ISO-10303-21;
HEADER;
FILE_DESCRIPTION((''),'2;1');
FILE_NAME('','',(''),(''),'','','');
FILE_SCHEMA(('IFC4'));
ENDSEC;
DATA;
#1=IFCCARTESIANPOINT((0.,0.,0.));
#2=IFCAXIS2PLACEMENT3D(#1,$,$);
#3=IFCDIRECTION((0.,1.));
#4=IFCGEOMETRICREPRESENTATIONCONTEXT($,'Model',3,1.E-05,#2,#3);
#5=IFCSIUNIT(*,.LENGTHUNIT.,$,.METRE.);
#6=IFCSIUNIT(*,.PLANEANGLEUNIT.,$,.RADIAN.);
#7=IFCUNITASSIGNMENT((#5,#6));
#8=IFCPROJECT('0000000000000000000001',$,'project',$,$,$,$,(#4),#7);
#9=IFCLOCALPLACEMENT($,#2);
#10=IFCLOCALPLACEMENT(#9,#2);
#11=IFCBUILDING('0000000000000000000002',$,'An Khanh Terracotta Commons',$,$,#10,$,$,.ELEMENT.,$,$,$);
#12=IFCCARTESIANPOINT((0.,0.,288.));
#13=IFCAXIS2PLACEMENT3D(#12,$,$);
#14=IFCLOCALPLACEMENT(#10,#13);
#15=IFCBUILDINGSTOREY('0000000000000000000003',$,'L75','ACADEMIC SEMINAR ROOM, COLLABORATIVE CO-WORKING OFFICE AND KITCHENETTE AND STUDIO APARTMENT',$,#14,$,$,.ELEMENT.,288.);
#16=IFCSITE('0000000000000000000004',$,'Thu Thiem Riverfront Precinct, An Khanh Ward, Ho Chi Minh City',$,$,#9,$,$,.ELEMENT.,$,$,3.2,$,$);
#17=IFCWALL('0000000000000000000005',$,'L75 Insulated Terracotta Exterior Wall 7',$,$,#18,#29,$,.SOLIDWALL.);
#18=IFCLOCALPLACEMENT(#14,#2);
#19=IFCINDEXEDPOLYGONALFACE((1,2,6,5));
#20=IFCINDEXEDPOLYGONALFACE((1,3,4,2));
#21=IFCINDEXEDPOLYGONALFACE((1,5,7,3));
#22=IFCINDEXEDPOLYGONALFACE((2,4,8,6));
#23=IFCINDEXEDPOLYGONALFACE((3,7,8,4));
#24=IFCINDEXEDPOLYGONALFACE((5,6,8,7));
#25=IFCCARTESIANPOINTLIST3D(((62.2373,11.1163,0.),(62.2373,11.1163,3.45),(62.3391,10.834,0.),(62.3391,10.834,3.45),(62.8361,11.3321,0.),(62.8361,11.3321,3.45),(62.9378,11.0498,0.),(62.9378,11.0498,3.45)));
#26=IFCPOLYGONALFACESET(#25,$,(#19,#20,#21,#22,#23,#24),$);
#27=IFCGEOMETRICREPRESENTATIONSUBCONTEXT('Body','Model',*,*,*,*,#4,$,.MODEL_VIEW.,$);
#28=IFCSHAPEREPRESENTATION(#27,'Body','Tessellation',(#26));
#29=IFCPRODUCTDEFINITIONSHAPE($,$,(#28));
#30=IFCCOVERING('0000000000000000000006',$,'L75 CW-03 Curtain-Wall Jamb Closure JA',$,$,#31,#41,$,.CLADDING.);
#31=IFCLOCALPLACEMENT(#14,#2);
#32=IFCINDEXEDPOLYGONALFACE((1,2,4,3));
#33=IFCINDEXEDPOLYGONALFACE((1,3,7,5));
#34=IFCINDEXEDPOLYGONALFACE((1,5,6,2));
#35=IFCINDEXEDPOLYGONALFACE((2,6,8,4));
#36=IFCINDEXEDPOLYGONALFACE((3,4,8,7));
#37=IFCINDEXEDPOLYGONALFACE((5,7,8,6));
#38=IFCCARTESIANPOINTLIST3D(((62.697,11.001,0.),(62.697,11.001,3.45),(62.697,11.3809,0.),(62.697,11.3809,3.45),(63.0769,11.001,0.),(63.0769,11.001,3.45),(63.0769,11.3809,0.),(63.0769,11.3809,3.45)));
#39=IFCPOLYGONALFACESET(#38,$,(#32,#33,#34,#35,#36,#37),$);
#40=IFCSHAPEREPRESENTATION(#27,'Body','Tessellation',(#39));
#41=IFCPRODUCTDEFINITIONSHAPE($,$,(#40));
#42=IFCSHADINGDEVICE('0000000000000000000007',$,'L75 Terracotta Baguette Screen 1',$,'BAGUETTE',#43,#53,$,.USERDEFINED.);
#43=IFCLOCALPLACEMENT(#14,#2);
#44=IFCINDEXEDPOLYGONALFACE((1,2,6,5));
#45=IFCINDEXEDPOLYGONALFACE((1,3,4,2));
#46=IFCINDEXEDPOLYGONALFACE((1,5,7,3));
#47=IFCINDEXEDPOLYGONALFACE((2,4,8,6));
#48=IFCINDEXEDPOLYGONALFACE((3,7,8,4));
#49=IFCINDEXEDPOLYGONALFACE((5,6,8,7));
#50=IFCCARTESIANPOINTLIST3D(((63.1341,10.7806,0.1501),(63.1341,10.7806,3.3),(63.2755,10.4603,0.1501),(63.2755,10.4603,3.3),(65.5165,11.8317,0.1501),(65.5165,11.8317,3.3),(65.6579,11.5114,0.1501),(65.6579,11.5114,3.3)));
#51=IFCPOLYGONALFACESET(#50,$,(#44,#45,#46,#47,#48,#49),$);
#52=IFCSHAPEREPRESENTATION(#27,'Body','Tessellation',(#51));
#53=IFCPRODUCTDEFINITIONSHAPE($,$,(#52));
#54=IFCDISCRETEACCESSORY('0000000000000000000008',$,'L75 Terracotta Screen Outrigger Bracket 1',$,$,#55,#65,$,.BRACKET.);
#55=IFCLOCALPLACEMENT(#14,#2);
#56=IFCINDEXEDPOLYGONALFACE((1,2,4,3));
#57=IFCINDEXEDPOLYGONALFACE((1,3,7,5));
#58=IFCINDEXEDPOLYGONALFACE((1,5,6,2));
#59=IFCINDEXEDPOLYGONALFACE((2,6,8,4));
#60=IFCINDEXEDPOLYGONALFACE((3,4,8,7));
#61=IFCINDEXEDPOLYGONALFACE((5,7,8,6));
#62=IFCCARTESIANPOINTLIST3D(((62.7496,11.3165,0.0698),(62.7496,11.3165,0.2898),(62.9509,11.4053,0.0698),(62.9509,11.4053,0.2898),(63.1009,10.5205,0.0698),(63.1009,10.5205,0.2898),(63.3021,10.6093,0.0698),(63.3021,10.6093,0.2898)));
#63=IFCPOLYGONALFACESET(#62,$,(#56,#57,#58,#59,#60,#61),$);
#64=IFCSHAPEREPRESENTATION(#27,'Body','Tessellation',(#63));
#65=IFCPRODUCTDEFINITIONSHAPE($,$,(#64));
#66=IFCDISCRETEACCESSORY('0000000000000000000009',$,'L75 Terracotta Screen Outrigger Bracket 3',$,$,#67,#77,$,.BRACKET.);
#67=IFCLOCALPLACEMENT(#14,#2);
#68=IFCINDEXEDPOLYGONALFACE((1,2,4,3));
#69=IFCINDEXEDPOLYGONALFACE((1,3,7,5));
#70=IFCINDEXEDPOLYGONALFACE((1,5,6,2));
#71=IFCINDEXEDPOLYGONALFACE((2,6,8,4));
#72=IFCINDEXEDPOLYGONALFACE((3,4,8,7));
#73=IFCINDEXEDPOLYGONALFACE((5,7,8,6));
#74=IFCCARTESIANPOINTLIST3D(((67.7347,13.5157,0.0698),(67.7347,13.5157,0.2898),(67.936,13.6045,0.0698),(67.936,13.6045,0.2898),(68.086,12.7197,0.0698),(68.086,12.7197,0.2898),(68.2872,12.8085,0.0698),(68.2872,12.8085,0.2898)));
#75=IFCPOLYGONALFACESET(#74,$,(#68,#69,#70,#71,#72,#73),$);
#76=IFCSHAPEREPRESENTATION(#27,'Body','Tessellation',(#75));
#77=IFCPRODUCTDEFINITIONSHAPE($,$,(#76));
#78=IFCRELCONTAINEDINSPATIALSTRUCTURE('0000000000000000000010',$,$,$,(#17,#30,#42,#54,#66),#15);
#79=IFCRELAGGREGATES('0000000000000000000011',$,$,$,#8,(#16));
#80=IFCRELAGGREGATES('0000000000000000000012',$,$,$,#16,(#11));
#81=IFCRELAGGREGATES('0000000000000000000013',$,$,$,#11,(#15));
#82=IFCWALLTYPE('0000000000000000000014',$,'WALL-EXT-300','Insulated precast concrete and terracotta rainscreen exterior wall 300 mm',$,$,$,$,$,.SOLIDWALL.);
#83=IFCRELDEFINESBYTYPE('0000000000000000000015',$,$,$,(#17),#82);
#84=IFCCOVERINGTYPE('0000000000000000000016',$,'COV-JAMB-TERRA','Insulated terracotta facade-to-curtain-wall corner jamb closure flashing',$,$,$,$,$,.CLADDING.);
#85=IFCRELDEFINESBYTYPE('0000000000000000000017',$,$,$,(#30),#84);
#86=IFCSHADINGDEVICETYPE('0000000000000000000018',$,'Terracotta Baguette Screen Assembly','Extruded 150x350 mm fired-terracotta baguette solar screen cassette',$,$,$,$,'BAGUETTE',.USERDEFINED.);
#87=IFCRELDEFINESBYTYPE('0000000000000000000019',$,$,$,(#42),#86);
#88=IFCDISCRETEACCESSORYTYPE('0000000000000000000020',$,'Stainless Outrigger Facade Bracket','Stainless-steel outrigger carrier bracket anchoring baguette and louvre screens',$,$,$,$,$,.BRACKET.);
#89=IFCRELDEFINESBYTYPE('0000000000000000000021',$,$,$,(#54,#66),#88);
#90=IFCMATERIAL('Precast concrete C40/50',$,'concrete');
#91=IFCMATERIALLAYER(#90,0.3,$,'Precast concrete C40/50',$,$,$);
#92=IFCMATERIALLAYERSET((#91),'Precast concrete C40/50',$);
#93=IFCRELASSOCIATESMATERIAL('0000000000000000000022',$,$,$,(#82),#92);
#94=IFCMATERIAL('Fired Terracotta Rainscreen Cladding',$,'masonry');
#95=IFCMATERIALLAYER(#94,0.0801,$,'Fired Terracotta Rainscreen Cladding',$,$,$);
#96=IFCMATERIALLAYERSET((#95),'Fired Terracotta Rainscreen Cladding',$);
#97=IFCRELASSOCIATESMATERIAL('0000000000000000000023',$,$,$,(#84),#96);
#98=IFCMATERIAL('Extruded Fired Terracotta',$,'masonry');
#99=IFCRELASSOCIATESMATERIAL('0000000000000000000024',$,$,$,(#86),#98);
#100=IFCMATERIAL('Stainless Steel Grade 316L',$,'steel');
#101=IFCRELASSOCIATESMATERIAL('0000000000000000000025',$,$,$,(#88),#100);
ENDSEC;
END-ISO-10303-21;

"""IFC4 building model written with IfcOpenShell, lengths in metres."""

from ifc_helpers import new_model, si_unit, direction, frame, frame_2d, origin, origin_2d, place, context, subcontext, project, spatial, rectangle, extrude, material, layer, layer_set, type_object, element, save


model = new_model("IFC4")

# Units and contexts
model_context = context("Model", 3, precision=1e-05, world=origin(), true_north=direction((0.0, 1.0)))
body_context = subcontext(model_context, "Body", "Model", "MODEL_VIEW")
ifc_project = project(units=[si_unit("LENGTHUNIT", "METRE"), si_unit("PLANEANGLEUNIT", "RADIAN")], contexts=[model_context])

# Site, building, storey
site_placement = place(None, origin())
site = spatial("IfcSite", under=ifc_project, at=site_placement, Name="Thu Thiem Riverfront Precinct, An Khanh Ward, Ho Chi Minh City", CompositionType="ELEMENT", RefElevation=3.2)
building_placement = place(site_placement, origin())
building = spatial("IfcBuilding", under=site, at=building_placement, Name="An Khanh Terracotta Commons", CompositionType="ELEMENT")
storey_placement = place(building_placement, frame((0.0, 0.0, 288.0)))
storey = spatial("IfcBuildingStorey", under=building, at=storey_placement, Name="L75", Description="ACADEMIC SEMINAR ROOM, COLLABORATIVE CO-WORKING OFFICE AND KITCHENETTE AND STUDIO APARTMENT", CompositionType="ELEMENT", Elevation=288.0)

# Wall
ifc_material_1 = material(Name="Precast concrete C40/50", Category="concrete")
ifc_layer_1 = layer(ifc_material_1, 0.3, Name="Precast concrete C40/50")
ifc_layer_set_1 = layer_set([ifc_layer_1], Name="Precast concrete C40/50")
wall_type_1 = type_object("IfcWallType", Name="WALL-EXT-300", Description="Insulated precast concrete and terracotta rainscreen exterior wall 300 mm", PredefinedType="SOLIDWALL", material=ifc_layer_set_1)
wall_1_placement = place(storey_placement, frame((62.2881, 10.9751, 0.0), z_axis=(0.0, 0.0, 1.0), x_axis=(0.940775, 0.339032, 0.0)))
element("IfcWall", 1, at=wall_1_placement, inside=storey, type_object=wall_type_1, Name="L75 Insulated Terracotta Exterior Wall 7", PredefinedType="SOLIDWALL", context=body_context, shape_type="SweptSolid", body=[
    extrude(rectangle(XDim=0.6365, YDim=0.3, at=frame_2d((0.3184, 0.0))), origin(), (0.0, 0.0, 1.0), 3.45),
])

# Covering
ifc_material_2 = material(Name="Fired Terracotta Rainscreen Cladding", Category="masonry")
ifc_layer_2 = layer(ifc_material_2, 0.0801, Name="Fired Terracotta Rainscreen Cladding")
ifc_layer_set_2 = layer_set([ifc_layer_2], Name="Fired Terracotta Rainscreen Cladding")
covering_type = type_object("IfcCoveringType", Name="COV-JAMB-TERRA", Description="Insulated terracotta facade-to-curtain-wall corner jamb closure flashing", PredefinedType="CLADDING", material=ifc_layer_set_2)
covering_placement = place(storey_placement, frame((62.887, 11.1909, 0.0), z_axis=(0.0, 0.0, 1.0), x_axis=(1.0, 0.0, 0.0)))
element("IfcCovering", 2, at=covering_placement, inside=storey, type_object=covering_type, Name="L75 CW-03 Curtain-Wall Jamb Closure JA", PredefinedType="CLADDING", context=body_context, shape_type="SweptSolid", body=[
    extrude(rectangle(XDim=0.3799, YDim=0.3799, at=origin_2d()), origin(), (0.0, 0.0, 1.0), 3.45),
])

# Shading device
ifc_material_3 = material(Name="Extruded Fired Terracotta", Category="masonry")
shading_device_type = type_object("IfcShadingDeviceType", Name="Terracotta Baguette Screen Assembly", Description="Extruded 150x350 mm fired-terracotta baguette solar screen cassette", ElementType="BAGUETTE", PredefinedType="USERDEFINED", material=ifc_material_3)
shading_device_placement = place(storey_placement, frame((64.396, 11.146, 0.1501), z_axis=(0.0, 0.0, 1.0), x_axis=(0.914902, 0.403676, 0.0)))
element("IfcShadingDevice", 3, at=shading_device_placement, inside=storey, type_object=shading_device_type, Name="L75 Terracotta Baguette Screen 1", ObjectType="BAGUETTE", PredefinedType="USERDEFINED", context=body_context, shape_type="SweptSolid", body=[
    extrude(rectangle(XDim=2.604, YDim=0.3501, at=origin_2d()), origin(), (0.0, 0.0, 1.0), 3.1499),
])

# Discrete accessories
ifc_material_4 = material(Name="Stainless Steel Grade 316L", Category="steel")
discrete_accessory_type = type_object("IfcDiscreteAccessoryType", Name="Stainless Outrigger Facade Bracket", Description="Stainless-steel outrigger carrier bracket anchoring baguette and louvre screens", PredefinedType="BRACKET", material=ifc_material_4)
for number, where, z_axis, x_axis, name in (
    (4, (63.0259, 10.9629, 0.0698), (0.0, 0.0, 1.0), (0.914902, 0.403676, 0.0), "L75 Terracotta Screen Outrigger Bracket 1"),
    (5, (68.011, 13.1621, 0.0698), (0.0, 0.0, 1.0), (0.914902, 0.403676, 0.0), "L75 Terracotta Screen Outrigger Bracket 3"),
):
    element("IfcDiscreteAccessory", number, at=place(storey_placement, frame(where, z_axis=z_axis, x_axis=x_axis)), inside=storey, type_object=discrete_accessory_type, Name=name, PredefinedType="BRACKET", context=body_context, shape_type="SweptSolid", body=[
        extrude(rectangle(XDim=0.22, YDim=0.8701, at=origin_2d()), origin(), (0.0, 0.0, 1.0), 0.22),
    ])

save(model, "model.ifc")
